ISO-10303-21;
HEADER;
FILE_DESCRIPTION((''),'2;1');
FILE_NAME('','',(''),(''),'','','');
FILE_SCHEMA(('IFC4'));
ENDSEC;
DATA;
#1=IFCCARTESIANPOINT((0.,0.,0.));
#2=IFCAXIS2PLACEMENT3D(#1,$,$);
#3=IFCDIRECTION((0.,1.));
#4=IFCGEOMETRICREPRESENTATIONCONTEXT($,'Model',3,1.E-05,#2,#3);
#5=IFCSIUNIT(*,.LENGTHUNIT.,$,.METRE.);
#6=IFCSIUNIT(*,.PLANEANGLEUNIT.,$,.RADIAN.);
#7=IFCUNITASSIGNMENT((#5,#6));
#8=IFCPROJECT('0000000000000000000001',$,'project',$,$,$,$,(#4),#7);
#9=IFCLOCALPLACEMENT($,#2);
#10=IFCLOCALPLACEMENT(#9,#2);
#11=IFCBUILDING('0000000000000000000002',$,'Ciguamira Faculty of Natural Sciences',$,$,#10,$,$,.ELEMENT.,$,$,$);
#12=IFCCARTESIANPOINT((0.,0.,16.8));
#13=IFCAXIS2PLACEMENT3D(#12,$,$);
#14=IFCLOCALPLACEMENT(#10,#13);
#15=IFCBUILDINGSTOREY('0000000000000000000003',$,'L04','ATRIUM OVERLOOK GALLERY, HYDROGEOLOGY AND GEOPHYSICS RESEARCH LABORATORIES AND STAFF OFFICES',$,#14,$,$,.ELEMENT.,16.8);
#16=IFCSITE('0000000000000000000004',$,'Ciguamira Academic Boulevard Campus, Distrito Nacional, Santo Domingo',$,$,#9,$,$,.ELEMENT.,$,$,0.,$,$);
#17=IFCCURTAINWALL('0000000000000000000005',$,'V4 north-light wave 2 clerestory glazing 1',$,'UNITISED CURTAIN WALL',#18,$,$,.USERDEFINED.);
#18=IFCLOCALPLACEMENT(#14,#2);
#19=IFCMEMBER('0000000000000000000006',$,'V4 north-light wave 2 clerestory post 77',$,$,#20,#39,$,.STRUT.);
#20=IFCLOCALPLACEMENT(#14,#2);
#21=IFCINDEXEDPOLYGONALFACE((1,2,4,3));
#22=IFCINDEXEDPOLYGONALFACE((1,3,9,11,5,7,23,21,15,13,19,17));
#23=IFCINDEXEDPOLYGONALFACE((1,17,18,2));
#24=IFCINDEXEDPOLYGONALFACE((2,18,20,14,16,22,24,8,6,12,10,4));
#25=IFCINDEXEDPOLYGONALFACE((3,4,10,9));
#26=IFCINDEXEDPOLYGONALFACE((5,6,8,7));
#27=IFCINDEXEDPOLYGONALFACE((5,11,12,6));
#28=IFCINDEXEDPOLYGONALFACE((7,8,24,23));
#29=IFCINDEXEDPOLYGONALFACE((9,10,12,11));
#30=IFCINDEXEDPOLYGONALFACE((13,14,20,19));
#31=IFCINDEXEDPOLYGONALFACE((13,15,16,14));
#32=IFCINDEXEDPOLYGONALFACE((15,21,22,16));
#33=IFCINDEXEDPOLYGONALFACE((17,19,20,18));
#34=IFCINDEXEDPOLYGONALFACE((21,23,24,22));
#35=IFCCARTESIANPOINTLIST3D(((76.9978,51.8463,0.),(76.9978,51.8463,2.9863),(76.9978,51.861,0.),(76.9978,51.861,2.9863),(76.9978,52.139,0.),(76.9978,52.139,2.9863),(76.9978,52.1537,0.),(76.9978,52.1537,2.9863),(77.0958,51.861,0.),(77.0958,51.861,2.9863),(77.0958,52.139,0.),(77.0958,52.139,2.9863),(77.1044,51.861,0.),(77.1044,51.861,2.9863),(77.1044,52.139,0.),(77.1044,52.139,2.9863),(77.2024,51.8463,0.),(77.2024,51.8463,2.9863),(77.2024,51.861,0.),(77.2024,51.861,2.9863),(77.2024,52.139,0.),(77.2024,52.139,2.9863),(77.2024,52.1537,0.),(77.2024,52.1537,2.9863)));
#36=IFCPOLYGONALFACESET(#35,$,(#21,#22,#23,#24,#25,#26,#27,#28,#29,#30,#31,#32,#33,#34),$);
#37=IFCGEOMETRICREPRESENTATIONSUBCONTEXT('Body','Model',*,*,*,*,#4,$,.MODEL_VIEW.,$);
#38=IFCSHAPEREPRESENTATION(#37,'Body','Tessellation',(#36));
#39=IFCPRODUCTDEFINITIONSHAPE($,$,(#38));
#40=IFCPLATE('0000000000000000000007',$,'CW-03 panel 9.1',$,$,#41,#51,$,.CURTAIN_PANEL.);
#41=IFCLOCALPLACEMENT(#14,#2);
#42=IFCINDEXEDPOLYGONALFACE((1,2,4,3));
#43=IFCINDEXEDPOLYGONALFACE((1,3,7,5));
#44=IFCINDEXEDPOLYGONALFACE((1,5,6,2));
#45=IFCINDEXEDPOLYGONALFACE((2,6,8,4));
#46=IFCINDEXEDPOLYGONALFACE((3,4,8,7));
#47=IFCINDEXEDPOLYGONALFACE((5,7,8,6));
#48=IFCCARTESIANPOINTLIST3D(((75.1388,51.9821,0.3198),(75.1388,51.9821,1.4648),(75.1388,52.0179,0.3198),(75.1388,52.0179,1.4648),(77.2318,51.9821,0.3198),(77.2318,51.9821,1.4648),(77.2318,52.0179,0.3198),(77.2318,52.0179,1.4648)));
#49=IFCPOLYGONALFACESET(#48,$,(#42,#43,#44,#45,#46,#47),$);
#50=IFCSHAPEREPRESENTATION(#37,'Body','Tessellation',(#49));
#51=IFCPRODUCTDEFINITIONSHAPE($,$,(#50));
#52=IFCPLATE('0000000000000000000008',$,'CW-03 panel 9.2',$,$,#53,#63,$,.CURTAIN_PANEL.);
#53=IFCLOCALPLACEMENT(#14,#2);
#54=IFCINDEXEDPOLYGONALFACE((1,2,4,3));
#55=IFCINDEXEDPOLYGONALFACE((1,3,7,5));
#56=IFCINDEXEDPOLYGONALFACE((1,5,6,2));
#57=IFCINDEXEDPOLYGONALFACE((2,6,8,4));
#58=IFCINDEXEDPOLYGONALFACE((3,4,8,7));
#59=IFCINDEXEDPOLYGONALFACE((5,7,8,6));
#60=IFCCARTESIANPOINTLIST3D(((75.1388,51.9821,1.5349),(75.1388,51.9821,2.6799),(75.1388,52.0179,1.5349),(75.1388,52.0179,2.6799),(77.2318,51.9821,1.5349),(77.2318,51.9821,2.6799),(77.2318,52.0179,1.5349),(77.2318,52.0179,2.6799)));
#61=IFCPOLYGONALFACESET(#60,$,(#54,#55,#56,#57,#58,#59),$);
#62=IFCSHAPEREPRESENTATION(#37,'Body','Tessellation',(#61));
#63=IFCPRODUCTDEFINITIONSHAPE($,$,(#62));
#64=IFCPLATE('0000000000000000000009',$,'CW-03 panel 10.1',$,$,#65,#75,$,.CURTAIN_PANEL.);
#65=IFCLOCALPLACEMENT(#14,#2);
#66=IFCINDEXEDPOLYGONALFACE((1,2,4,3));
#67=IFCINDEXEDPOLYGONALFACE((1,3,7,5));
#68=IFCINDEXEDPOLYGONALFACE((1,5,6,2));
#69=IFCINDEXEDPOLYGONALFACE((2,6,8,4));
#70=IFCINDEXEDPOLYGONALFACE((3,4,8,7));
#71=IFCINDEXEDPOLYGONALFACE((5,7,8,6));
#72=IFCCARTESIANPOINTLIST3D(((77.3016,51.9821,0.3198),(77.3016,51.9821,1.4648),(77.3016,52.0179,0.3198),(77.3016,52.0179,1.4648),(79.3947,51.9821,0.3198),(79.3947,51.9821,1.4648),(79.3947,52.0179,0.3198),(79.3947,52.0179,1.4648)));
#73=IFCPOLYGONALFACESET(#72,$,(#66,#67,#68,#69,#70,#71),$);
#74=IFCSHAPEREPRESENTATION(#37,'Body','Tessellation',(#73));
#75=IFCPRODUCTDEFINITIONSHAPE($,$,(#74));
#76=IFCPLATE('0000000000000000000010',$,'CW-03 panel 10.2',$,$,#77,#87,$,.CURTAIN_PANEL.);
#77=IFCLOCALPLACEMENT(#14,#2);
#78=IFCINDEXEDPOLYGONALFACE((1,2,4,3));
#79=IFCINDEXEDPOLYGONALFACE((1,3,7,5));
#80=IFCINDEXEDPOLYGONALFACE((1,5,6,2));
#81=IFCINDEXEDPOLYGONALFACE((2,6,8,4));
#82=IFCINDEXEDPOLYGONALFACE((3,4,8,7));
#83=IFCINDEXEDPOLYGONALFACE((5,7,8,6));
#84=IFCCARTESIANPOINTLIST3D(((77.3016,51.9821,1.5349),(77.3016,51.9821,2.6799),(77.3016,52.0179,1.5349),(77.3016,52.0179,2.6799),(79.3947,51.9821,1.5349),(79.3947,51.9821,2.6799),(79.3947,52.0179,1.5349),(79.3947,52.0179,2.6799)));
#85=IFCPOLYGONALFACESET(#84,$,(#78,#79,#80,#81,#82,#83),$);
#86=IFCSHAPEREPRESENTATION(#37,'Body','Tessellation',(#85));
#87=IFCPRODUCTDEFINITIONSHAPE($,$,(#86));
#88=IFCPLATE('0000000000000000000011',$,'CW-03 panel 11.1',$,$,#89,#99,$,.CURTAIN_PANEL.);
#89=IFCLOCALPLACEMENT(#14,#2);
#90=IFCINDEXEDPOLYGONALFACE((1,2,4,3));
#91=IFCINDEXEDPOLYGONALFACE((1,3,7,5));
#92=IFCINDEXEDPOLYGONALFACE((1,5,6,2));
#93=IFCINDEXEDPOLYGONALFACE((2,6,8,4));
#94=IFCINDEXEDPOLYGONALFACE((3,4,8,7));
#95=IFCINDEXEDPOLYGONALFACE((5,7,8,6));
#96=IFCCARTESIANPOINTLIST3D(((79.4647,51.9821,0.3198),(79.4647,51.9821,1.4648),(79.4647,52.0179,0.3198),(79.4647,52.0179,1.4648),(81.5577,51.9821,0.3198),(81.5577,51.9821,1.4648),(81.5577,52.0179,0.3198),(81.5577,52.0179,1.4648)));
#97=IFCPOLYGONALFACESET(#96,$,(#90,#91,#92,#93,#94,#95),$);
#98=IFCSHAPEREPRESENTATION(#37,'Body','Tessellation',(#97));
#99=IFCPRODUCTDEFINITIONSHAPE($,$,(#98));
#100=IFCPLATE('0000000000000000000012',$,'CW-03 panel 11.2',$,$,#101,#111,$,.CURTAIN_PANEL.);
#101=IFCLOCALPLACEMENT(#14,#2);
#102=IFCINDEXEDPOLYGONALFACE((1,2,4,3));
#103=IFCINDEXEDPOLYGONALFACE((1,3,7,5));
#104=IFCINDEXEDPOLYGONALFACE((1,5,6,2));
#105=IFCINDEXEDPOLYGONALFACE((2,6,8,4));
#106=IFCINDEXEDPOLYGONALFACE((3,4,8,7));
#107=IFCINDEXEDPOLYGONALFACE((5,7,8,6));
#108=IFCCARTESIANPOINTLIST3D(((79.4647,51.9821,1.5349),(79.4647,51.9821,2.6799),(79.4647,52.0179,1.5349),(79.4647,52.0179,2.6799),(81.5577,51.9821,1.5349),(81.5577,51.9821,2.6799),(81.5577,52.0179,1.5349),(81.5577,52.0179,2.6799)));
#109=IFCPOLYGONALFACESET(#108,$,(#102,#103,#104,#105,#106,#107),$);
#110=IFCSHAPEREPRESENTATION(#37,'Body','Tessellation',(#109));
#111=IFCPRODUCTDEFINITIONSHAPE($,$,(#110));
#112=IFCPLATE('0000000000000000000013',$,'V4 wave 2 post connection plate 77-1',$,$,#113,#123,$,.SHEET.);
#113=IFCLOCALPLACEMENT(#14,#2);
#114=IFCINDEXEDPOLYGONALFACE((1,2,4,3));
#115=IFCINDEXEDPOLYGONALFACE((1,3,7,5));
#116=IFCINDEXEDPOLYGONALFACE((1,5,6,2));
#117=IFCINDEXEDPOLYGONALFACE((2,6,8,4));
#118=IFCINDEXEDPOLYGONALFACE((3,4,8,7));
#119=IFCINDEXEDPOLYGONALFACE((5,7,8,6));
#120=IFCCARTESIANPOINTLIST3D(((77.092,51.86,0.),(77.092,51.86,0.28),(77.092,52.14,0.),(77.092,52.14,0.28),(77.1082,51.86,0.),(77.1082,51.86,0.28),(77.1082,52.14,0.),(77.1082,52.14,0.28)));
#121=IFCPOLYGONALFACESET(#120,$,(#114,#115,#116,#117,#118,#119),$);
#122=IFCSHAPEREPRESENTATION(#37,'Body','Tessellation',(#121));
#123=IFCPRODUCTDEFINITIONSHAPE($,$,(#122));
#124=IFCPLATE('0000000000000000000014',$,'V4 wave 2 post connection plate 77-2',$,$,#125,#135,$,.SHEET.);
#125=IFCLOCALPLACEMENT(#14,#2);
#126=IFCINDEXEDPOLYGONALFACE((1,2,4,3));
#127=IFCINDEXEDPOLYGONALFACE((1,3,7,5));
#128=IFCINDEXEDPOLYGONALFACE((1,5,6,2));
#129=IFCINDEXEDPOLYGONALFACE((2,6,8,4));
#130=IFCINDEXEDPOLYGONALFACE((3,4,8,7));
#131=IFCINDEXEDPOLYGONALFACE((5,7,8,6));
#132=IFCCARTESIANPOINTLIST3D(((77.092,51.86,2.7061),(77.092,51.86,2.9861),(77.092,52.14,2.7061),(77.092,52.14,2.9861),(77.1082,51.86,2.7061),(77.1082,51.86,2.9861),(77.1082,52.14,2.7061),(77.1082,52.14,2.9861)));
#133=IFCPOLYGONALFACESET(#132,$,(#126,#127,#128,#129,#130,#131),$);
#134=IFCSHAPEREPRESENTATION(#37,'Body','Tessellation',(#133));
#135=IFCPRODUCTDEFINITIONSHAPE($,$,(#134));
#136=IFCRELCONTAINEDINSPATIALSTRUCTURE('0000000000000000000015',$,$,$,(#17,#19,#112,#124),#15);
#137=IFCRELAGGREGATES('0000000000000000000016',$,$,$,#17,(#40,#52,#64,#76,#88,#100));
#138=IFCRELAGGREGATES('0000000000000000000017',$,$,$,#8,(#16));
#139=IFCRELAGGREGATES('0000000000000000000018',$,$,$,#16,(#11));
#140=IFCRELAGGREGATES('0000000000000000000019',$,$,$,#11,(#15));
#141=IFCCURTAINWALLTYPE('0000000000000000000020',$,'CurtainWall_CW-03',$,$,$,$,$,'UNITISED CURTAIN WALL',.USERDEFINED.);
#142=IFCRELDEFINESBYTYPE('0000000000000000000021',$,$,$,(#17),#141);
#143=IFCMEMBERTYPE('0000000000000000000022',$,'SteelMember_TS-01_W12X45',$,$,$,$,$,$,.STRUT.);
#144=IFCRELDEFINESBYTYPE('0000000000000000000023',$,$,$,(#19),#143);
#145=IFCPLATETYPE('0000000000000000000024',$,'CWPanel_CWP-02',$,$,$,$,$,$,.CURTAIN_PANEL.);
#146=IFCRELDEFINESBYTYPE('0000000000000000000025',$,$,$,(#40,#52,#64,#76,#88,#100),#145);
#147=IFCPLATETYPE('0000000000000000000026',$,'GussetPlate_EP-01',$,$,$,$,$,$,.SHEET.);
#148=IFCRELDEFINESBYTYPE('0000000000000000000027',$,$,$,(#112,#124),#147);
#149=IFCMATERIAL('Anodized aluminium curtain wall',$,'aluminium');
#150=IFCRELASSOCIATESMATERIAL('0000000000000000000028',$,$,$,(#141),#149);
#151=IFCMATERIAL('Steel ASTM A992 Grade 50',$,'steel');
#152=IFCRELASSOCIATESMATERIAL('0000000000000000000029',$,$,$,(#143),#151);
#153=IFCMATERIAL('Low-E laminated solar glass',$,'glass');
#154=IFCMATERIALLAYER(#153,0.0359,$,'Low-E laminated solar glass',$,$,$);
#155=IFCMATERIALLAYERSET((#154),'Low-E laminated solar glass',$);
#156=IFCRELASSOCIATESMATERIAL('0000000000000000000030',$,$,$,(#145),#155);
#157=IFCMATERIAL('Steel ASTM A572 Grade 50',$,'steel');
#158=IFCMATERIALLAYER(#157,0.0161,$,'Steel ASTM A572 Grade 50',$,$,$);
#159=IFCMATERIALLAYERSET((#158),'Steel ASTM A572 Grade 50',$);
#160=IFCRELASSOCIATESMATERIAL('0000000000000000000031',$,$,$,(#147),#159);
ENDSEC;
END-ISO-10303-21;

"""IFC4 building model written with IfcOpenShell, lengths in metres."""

from ifc_helpers import new_model, si_unit, direction, frame, origin, origin_2d, place, context, subcontext, project, spatial, rectangle, i_section, extrude, material, layer, layer_set, material_profile, profile_set, type_object, element, aggregate, save


model = new_model("IFC4")

# Units and contexts
model_context = context("Model", 3, precision=1e-05, world=origin(), true_north=direction((0.0, 1.0)))
body_context = subcontext(model_context, "Body", "Model", "MODEL_VIEW")
ifc_project = project(units=[si_unit("LENGTHUNIT", "METRE"), si_unit("PLANEANGLEUNIT", "RADIAN")], contexts=[model_context])

# Site, building, storey
site_placement = place(None, origin())
site = spatial("IfcSite", under=ifc_project, at=site_placement, Name="Ciguamira Academic Boulevard Campus, Distrito Nacional, Santo Domingo", CompositionType="ELEMENT", RefElevation=0.0)
building_placement = place(site_placement, origin())
building = spatial("IfcBuilding", under=site, at=building_placement, Name="Ciguamira Faculty of Natural Sciences", CompositionType="ELEMENT")
storey_placement = place(building_placement, frame((0.0, 0.0, 16.8)))
storey = spatial("IfcBuildingStorey", under=building, at=storey_placement, Name="L04", Description="ATRIUM OVERLOOK GALLERY, HYDROGEOLOGY AND GEOPHYSICS RESEARCH LABORATORIES AND STAFF OFFICES", CompositionType="ELEMENT", Elevation=16.8)

# Curtain wall
ifc_material_1 = material(Name="Anodized aluminium curtain wall", Category="aluminium")
curtain_wall_type_1 = type_object("IfcCurtainWallType", Name="CurtainWall_CW-03", ElementType="UNITISED CURTAIN WALL", PredefinedType="USERDEFINED", material=ifc_material_1)
curtain_wall_1_placement = place(storey_placement, origin())
curtain_wall_1 = element("IfcCurtainWall", 1, at=curtain_wall_1_placement, inside=storey, type_object=curtain_wall_type_1, Name="V4 north-light wave 2 clerestory glazing 1", ObjectType="UNITISED CURTAIN WALL", PredefinedType="USERDEFINED")

# Member
ifc_material_2 = material(Name="Steel ASTM A992 Grade 50", Category="steel")
ifc_material_profile_1 = material_profile(ifc_material_2, i_section(OverallWidth=0.2046, OverallDepth=0.3074, WebThickness=0.0085, FlangeThickness=0.0146, at=origin_2d()), Name="W12X45")
ifc_profile_set_1 = profile_set([ifc_material_profile_1], Name="Steel ASTM A992 Grade 50")
member_type_1 = type_object("IfcMemberType", Name="SteelMember_TS-01_W12X45", PredefinedType="STRUT", material=ifc_profile_set_1)
member_1_placement = place(storey_placement, frame((77.1001, 52.0, 0.0), z_axis=(0.0, 0.0, 1.0), x_axis=(1.0, 0.0, 0.0)))
element("IfcMember", 2, at=member_1_placement, inside=storey, type_object=member_type_1, Name="V4 north-light wave 2 clerestory post 77", PredefinedType="STRUT", context=body_context, shape_type="SweptSolid", body=[
    extrude(i_section(OverallWidth=0.2046, OverallDepth=0.3074, WebThickness=0.0085, FlangeThickness=0.0146, at=origin_2d()), origin(), (0.0, 0.0, 1.0), 2.9863),
])

# Plates
ifc_material_3 = material(Name="Low-E laminated solar glass", Category="glass")
ifc_layer_1 = layer(ifc_material_3, 0.0359, Name="Low-E laminated solar glass")
ifc_layer_set_1 = layer_set([ifc_layer_1], Name="Low-E laminated solar glass")
plate_type_1 = type_object("IfcPlateType", Name="CWPanel_CWP-02", PredefinedType="CURTAIN_PANEL", material=ifc_layer_set_1)
plate_1_placement = place(storey_placement, frame((76.1853, 52.0, 0.3198), z_axis=(0.0, 0.0, 1.0), x_axis=(1.0, 0.0, 0.0)))
plate_1 = element("IfcPlate", 3, at=plate_1_placement, type_object=plate_type_1, Name="CW-03 panel 9.1", PredefinedType="CURTAIN_PANEL", context=body_context, shape_type="SweptSolid", body=[
    extrude(rectangle(XDim=2.093, YDim=0.0359, at=origin_2d()), origin(), (0.0, 0.0, 1.0), 1.145),
])
plate_2_placement = place(storey_placement, frame((76.1853, 52.0, 1.5349), z_axis=(0.0, 0.0, 1.0), x_axis=(1.0, 0.0, 0.0)))
plate_2 = element("IfcPlate", 4, at=plate_2_placement, type_object=plate_type_1, Name="CW-03 panel 9.2", PredefinedType="CURTAIN_PANEL", context=body_context, shape_type="SweptSolid", body=[
    extrude(rectangle(XDim=2.093, YDim=0.0359, at=origin_2d()), origin(), (0.0, 0.0, 1.0), 1.145),
])
plate_3_placement = place(storey_placement, frame((78.3481, 52.0, 0.3198), z_axis=(0.0, 0.0, 1.0), x_axis=(1.0, 0.0, 0.0)))
plate_3 = element("IfcPlate", 5, at=plate_3_placement, type_object=plate_type_1, Name="CW-03 panel 10.1", PredefinedType="CURTAIN_PANEL", context=body_context, shape_type="SweptSolid", body=[
    extrude(rectangle(XDim=2.093, YDim=0.0359, at=origin_2d()), origin(), (0.0, 0.0, 1.0), 1.145),
])
plate_4_placement = place(storey_placement, frame((78.3481, 52.0, 1.5349), z_axis=(0.0, 0.0, 1.0), x_axis=(1.0, 0.0, 0.0)))
plate_4 = element("IfcPlate", 6, at=plate_4_placement, type_object=plate_type_1, Name="CW-03 panel 10.2", PredefinedType="CURTAIN_PANEL", context=body_context, shape_type="SweptSolid", body=[
    extrude(rectangle(XDim=2.093, YDim=0.0359, at=origin_2d()), origin(), (0.0, 0.0, 1.0), 1.145),
])
plate_5_placement = place(storey_placement, frame((80.5112, 52.0, 0.3198), z_axis=(0.0, 0.0, 1.0), x_axis=(1.0, 0.0, 0.0)))
plate_5 = element("IfcPlate", 7, at=plate_5_placement, type_object=plate_type_1, Name="CW-03 panel 11.1", PredefinedType="CURTAIN_PANEL", context=body_context, shape_type="SweptSolid", body=[
    extrude(rectangle(XDim=2.093, YDim=0.0359, at=origin_2d()), origin(), (0.0, 0.0, 1.0), 1.145),
])
plate_6_placement = place(storey_placement, frame((80.5112, 52.0, 1.5349), z_axis=(0.0, 0.0, 1.0), x_axis=(1.0, 0.0, 0.0)))
plate_6 = element("IfcPlate", 8, at=plate_6_placement, type_object=plate_type_1, Name="CW-03 panel 11.2", PredefinedType="CURTAIN_PANEL", context=body_context, shape_type="SweptSolid", body=[
    extrude(rectangle(XDim=2.093, YDim=0.0359, at=origin_2d()), origin(), (0.0, 0.0, 1.0), 1.145),
])
aggregate(curtain_wall_1, [plate_1, plate_2, plate_3, plate_4, plate_5, plate_6])

# Plates
ifc_material_4 = material(Name="Steel ASTM A572 Grade 50", Category="steel")
ifc_layer_2 = layer(ifc_material_4, 0.0161, Name="Steel ASTM A572 Grade 50")
ifc_layer_set_2 = layer_set([ifc_layer_2], Name="Steel ASTM A572 Grade 50")
plate_type_2 = type_object("IfcPlateType", Name="GussetPlate_EP-01", PredefinedType="SHEET", material=ifc_layer_set_2)
for number, where, z_axis, x_axis, name in (
    (9, (77.1001, 52.0, 0.0), (0.0, 0.0, 1.0), (1.0, 0.0, 0.0), "V4 wave 2 post connection plate 77-1"),
    (10, (77.1001, 52.0, 2.7061), (0.0, 0.0, 1.0), (1.0, 0.0, 0.0), "V4 wave 2 post connection plate 77-2"),
):
    element("IfcPlate", number, at=place(storey_placement, frame(where, z_axis=z_axis, x_axis=x_axis)), inside=storey, type_object=plate_type_2, Name=name, PredefinedType="SHEET", context=body_context, shape_type="SweptSolid", body=[
        extrude(rectangle(XDim=0.0161, YDim=0.28, at=origin_2d()), origin(), (0.0, 0.0, 1.0), 0.28),
    ])

save(model, "model.ifc")
